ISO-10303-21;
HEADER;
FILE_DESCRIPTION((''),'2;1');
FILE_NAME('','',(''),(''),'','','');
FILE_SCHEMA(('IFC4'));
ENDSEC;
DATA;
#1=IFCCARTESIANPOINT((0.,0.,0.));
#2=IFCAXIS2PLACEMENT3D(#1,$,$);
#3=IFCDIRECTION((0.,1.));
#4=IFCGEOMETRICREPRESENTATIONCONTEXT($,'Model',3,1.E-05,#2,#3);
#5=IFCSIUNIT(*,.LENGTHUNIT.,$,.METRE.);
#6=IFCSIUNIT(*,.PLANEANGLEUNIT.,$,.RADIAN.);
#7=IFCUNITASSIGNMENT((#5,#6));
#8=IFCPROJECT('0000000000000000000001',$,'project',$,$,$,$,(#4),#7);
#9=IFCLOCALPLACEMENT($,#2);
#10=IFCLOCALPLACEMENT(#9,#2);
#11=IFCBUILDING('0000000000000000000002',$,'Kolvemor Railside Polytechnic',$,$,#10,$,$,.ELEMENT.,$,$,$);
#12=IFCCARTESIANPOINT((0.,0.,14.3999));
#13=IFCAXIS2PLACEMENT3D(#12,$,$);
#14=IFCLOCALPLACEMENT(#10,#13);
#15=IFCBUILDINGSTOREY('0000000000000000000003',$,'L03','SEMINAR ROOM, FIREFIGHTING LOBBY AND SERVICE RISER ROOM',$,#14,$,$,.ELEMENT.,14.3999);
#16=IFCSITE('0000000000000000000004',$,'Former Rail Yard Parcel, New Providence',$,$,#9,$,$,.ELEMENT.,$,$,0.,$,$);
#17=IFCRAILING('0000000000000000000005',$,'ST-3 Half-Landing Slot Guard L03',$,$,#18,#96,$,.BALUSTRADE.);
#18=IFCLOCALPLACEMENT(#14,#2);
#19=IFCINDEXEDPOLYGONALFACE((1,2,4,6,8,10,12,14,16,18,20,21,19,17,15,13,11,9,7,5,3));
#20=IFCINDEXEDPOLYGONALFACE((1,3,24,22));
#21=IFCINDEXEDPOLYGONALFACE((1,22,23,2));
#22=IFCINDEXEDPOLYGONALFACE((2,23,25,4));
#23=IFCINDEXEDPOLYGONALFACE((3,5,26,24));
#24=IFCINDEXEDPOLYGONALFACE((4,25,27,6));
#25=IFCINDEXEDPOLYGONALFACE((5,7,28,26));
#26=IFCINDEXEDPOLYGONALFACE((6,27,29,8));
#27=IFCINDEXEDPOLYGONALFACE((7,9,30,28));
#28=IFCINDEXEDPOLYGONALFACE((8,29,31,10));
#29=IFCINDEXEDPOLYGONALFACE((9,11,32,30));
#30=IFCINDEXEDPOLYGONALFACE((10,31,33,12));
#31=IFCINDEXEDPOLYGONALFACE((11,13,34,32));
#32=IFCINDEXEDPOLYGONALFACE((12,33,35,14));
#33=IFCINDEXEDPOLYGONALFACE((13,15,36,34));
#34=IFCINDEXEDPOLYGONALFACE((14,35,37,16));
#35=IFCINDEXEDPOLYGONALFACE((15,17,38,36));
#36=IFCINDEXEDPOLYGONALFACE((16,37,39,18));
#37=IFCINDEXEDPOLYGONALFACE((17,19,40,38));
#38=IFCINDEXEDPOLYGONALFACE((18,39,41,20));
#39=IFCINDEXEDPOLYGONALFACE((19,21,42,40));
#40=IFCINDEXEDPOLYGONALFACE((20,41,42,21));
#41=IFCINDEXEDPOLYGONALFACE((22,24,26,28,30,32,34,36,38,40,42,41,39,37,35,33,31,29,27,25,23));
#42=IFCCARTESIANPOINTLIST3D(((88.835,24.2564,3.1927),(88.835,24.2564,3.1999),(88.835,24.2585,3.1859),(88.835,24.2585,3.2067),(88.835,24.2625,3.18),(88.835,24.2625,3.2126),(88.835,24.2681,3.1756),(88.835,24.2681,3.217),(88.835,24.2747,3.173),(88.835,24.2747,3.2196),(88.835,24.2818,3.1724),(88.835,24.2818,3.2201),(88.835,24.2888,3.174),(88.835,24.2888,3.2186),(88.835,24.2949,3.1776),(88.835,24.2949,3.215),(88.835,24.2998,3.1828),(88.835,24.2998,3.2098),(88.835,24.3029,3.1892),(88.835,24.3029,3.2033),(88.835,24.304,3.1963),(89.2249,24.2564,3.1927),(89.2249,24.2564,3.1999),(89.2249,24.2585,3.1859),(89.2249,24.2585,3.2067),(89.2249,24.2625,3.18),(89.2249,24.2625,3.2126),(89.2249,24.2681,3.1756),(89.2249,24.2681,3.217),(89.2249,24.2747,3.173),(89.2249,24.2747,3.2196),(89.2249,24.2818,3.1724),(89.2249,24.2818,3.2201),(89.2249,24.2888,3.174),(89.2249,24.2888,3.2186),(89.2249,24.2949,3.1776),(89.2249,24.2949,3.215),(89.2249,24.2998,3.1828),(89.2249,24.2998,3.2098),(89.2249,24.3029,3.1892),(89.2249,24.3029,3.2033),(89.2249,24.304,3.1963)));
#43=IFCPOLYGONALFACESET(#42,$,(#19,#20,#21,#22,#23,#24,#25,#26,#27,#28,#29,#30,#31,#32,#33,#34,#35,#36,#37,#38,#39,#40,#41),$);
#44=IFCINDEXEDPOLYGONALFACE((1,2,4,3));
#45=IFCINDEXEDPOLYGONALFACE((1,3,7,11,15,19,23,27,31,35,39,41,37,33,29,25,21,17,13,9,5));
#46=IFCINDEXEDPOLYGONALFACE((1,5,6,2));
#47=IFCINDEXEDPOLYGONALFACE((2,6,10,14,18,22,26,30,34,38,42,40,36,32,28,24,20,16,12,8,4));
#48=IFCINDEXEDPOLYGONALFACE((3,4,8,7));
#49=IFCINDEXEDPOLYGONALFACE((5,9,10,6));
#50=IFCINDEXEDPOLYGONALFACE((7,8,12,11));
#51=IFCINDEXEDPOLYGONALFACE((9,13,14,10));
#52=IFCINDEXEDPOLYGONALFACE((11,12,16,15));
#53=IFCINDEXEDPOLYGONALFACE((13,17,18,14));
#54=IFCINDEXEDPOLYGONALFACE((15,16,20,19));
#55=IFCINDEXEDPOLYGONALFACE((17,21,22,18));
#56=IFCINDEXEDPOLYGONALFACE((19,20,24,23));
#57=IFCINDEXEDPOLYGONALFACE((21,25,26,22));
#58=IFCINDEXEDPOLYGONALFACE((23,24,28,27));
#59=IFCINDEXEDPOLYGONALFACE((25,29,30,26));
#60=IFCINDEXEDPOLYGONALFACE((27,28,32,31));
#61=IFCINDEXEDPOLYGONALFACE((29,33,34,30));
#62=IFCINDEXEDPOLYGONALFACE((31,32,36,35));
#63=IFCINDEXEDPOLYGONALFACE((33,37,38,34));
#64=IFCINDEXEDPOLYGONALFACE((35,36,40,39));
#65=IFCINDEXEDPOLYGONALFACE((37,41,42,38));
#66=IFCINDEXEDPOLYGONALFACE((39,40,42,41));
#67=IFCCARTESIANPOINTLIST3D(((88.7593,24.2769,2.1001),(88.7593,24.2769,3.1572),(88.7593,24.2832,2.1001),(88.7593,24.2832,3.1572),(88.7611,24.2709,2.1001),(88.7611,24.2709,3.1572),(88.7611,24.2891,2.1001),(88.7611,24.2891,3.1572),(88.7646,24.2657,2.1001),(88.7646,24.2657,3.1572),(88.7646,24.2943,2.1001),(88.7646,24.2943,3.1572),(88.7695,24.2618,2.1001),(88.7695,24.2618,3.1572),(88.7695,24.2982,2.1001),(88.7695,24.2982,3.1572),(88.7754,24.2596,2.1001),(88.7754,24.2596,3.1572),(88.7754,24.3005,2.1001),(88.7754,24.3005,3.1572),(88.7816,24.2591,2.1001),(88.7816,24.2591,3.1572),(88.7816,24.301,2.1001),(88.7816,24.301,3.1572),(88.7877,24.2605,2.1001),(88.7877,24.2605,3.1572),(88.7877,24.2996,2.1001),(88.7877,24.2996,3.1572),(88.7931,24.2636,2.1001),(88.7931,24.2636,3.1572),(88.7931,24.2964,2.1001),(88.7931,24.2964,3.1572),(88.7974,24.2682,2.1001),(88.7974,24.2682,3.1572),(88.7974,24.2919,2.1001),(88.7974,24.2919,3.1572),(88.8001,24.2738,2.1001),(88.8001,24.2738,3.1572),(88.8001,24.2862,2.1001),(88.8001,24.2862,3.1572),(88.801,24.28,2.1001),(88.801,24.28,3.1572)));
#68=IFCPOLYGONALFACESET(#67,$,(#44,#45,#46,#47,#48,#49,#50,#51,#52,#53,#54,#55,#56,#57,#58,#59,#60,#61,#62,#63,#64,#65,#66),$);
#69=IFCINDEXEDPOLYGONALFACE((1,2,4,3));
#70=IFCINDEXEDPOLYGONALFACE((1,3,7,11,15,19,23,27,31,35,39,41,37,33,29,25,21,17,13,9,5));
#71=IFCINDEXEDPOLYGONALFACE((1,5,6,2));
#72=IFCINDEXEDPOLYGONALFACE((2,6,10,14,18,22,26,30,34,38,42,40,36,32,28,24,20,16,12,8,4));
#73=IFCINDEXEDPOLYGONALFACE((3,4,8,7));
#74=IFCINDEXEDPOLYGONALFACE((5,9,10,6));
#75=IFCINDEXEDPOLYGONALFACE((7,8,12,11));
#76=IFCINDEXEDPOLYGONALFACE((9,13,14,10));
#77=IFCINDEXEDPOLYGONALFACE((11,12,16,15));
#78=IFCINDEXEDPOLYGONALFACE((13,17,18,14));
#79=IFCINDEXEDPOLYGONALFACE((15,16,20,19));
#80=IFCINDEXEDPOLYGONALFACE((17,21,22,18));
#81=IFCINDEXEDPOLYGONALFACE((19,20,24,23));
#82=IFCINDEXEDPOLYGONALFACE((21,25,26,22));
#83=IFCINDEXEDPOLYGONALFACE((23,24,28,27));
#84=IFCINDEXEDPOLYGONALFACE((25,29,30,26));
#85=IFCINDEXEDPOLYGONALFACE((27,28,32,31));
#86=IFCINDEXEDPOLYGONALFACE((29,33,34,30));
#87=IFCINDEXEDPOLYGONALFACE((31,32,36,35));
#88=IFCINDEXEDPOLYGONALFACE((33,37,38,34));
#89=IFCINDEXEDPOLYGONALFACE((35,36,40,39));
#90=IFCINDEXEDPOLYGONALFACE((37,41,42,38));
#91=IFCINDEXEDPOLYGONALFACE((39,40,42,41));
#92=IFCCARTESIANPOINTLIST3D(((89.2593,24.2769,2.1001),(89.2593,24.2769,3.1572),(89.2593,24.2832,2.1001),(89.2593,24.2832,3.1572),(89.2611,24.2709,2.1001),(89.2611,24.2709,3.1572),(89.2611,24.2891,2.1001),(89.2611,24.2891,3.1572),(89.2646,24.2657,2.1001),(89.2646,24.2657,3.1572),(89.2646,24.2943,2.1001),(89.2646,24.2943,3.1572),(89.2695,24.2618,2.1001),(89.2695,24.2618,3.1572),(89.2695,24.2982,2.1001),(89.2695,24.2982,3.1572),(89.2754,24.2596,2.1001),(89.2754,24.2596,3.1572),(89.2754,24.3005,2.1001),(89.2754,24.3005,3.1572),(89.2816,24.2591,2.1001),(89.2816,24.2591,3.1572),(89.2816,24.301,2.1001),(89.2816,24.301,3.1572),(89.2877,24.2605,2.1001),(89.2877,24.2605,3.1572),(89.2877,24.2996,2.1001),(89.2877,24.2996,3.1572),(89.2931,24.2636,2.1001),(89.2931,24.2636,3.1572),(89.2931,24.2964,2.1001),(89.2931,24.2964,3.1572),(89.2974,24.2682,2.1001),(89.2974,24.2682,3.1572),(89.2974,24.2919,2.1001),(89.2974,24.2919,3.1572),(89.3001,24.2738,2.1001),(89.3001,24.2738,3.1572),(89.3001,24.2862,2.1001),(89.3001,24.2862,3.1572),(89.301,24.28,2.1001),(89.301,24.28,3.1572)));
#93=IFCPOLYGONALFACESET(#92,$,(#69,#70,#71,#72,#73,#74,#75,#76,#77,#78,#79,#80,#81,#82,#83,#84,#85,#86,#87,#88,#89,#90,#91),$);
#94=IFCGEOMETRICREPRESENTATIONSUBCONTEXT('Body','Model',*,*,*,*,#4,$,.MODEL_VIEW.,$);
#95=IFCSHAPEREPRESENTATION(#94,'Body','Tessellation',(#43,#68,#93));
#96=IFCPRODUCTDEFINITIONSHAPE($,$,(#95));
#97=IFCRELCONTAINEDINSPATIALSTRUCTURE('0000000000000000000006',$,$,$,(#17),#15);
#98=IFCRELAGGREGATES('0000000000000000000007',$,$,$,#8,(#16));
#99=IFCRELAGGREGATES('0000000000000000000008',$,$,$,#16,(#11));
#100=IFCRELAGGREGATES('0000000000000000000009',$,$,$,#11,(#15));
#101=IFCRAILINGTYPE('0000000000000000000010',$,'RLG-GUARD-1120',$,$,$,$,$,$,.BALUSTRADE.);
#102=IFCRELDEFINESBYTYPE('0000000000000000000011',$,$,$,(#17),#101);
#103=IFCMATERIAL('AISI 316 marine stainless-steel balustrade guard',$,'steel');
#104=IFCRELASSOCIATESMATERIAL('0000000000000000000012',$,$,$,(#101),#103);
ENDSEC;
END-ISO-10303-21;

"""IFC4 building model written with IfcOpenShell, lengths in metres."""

from ifc_helpers import new_model, si_unit, direction, frame, origin, origin_2d, place, context, subcontext, project, spatial, circle, extrude, material, type_object, element, save


model = new_model("IFC4")

# Units and contexts
model_context = context("Model", 3, precision=1e-05, world=origin(), true_north=direction((0.0, 1.0)))
body_context = subcontext(model_context, "Body", "Model", "MODEL_VIEW")
ifc_project = project(units=[si_unit("LENGTHUNIT", "METRE"), si_unit("PLANEANGLEUNIT", "RADIAN")], contexts=[model_context])

# Site, building, storey
site_placement = place(None, origin())
site = spatial("IfcSite", under=ifc_project, at=site_placement, Name="Former Rail Yard Parcel, New Providence", CompositionType="ELEMENT", RefElevation=0.0)
building_placement = place(site_placement, origin())
building = spatial("IfcBuilding", under=site, at=building_placement, Name="Kolvemor Railside Polytechnic", CompositionType="ELEMENT")
storey_placement = place(building_placement, frame((0.0, 0.0, 14.3999)))
storey = spatial("IfcBuildingStorey", under=building, at=storey_placement, Name="L03", Description="SEMINAR ROOM, FIREFIGHTING LOBBY AND SERVICE RISER ROOM", CompositionType="ELEMENT", Elevation=14.3999)

# Railing
ifc_material_1 = material(Name="AISI 316 marine stainless-steel balustrade guard", Category="steel")
railing_type_1 = type_object("IfcRailingType", Name="RLG-GUARD-1120", PredefinedType="BALUSTRADE", material=ifc_material_1)
railing_1_placement = place(storey_placement, frame((88.78, 24.28, 2.1001)))
element("IfcRailing", 1, at=railing_1_placement, inside=storey, type_object=railing_type_1, Name="ST-3 Half-Landing Slot Guard L03", PredefinedType="BALUSTRADE", context=body_context, shape_type="SweptSolid", body=[
    extrude(circle(Radius=0.0239, at=origin_2d()), frame((0.0549, 0.0, 1.0962), z_axis=(1.0, 0.0, 0.0), x_axis=(0.0, 1.0, 0.0)), (0.0, 0.0, 1.0), 0.3899),
    extrude(circle(Radius=0.021, at=origin_2d()), origin(), (0.0, 0.0, 1.0), 1.0571),
    extrude(circle(Radius=0.021, at=origin_2d()), frame((0.5, 0.0, 0.0)), (0.0, 0.0, 1.0), 1.0571),
])

save(model, "model.ifc")
